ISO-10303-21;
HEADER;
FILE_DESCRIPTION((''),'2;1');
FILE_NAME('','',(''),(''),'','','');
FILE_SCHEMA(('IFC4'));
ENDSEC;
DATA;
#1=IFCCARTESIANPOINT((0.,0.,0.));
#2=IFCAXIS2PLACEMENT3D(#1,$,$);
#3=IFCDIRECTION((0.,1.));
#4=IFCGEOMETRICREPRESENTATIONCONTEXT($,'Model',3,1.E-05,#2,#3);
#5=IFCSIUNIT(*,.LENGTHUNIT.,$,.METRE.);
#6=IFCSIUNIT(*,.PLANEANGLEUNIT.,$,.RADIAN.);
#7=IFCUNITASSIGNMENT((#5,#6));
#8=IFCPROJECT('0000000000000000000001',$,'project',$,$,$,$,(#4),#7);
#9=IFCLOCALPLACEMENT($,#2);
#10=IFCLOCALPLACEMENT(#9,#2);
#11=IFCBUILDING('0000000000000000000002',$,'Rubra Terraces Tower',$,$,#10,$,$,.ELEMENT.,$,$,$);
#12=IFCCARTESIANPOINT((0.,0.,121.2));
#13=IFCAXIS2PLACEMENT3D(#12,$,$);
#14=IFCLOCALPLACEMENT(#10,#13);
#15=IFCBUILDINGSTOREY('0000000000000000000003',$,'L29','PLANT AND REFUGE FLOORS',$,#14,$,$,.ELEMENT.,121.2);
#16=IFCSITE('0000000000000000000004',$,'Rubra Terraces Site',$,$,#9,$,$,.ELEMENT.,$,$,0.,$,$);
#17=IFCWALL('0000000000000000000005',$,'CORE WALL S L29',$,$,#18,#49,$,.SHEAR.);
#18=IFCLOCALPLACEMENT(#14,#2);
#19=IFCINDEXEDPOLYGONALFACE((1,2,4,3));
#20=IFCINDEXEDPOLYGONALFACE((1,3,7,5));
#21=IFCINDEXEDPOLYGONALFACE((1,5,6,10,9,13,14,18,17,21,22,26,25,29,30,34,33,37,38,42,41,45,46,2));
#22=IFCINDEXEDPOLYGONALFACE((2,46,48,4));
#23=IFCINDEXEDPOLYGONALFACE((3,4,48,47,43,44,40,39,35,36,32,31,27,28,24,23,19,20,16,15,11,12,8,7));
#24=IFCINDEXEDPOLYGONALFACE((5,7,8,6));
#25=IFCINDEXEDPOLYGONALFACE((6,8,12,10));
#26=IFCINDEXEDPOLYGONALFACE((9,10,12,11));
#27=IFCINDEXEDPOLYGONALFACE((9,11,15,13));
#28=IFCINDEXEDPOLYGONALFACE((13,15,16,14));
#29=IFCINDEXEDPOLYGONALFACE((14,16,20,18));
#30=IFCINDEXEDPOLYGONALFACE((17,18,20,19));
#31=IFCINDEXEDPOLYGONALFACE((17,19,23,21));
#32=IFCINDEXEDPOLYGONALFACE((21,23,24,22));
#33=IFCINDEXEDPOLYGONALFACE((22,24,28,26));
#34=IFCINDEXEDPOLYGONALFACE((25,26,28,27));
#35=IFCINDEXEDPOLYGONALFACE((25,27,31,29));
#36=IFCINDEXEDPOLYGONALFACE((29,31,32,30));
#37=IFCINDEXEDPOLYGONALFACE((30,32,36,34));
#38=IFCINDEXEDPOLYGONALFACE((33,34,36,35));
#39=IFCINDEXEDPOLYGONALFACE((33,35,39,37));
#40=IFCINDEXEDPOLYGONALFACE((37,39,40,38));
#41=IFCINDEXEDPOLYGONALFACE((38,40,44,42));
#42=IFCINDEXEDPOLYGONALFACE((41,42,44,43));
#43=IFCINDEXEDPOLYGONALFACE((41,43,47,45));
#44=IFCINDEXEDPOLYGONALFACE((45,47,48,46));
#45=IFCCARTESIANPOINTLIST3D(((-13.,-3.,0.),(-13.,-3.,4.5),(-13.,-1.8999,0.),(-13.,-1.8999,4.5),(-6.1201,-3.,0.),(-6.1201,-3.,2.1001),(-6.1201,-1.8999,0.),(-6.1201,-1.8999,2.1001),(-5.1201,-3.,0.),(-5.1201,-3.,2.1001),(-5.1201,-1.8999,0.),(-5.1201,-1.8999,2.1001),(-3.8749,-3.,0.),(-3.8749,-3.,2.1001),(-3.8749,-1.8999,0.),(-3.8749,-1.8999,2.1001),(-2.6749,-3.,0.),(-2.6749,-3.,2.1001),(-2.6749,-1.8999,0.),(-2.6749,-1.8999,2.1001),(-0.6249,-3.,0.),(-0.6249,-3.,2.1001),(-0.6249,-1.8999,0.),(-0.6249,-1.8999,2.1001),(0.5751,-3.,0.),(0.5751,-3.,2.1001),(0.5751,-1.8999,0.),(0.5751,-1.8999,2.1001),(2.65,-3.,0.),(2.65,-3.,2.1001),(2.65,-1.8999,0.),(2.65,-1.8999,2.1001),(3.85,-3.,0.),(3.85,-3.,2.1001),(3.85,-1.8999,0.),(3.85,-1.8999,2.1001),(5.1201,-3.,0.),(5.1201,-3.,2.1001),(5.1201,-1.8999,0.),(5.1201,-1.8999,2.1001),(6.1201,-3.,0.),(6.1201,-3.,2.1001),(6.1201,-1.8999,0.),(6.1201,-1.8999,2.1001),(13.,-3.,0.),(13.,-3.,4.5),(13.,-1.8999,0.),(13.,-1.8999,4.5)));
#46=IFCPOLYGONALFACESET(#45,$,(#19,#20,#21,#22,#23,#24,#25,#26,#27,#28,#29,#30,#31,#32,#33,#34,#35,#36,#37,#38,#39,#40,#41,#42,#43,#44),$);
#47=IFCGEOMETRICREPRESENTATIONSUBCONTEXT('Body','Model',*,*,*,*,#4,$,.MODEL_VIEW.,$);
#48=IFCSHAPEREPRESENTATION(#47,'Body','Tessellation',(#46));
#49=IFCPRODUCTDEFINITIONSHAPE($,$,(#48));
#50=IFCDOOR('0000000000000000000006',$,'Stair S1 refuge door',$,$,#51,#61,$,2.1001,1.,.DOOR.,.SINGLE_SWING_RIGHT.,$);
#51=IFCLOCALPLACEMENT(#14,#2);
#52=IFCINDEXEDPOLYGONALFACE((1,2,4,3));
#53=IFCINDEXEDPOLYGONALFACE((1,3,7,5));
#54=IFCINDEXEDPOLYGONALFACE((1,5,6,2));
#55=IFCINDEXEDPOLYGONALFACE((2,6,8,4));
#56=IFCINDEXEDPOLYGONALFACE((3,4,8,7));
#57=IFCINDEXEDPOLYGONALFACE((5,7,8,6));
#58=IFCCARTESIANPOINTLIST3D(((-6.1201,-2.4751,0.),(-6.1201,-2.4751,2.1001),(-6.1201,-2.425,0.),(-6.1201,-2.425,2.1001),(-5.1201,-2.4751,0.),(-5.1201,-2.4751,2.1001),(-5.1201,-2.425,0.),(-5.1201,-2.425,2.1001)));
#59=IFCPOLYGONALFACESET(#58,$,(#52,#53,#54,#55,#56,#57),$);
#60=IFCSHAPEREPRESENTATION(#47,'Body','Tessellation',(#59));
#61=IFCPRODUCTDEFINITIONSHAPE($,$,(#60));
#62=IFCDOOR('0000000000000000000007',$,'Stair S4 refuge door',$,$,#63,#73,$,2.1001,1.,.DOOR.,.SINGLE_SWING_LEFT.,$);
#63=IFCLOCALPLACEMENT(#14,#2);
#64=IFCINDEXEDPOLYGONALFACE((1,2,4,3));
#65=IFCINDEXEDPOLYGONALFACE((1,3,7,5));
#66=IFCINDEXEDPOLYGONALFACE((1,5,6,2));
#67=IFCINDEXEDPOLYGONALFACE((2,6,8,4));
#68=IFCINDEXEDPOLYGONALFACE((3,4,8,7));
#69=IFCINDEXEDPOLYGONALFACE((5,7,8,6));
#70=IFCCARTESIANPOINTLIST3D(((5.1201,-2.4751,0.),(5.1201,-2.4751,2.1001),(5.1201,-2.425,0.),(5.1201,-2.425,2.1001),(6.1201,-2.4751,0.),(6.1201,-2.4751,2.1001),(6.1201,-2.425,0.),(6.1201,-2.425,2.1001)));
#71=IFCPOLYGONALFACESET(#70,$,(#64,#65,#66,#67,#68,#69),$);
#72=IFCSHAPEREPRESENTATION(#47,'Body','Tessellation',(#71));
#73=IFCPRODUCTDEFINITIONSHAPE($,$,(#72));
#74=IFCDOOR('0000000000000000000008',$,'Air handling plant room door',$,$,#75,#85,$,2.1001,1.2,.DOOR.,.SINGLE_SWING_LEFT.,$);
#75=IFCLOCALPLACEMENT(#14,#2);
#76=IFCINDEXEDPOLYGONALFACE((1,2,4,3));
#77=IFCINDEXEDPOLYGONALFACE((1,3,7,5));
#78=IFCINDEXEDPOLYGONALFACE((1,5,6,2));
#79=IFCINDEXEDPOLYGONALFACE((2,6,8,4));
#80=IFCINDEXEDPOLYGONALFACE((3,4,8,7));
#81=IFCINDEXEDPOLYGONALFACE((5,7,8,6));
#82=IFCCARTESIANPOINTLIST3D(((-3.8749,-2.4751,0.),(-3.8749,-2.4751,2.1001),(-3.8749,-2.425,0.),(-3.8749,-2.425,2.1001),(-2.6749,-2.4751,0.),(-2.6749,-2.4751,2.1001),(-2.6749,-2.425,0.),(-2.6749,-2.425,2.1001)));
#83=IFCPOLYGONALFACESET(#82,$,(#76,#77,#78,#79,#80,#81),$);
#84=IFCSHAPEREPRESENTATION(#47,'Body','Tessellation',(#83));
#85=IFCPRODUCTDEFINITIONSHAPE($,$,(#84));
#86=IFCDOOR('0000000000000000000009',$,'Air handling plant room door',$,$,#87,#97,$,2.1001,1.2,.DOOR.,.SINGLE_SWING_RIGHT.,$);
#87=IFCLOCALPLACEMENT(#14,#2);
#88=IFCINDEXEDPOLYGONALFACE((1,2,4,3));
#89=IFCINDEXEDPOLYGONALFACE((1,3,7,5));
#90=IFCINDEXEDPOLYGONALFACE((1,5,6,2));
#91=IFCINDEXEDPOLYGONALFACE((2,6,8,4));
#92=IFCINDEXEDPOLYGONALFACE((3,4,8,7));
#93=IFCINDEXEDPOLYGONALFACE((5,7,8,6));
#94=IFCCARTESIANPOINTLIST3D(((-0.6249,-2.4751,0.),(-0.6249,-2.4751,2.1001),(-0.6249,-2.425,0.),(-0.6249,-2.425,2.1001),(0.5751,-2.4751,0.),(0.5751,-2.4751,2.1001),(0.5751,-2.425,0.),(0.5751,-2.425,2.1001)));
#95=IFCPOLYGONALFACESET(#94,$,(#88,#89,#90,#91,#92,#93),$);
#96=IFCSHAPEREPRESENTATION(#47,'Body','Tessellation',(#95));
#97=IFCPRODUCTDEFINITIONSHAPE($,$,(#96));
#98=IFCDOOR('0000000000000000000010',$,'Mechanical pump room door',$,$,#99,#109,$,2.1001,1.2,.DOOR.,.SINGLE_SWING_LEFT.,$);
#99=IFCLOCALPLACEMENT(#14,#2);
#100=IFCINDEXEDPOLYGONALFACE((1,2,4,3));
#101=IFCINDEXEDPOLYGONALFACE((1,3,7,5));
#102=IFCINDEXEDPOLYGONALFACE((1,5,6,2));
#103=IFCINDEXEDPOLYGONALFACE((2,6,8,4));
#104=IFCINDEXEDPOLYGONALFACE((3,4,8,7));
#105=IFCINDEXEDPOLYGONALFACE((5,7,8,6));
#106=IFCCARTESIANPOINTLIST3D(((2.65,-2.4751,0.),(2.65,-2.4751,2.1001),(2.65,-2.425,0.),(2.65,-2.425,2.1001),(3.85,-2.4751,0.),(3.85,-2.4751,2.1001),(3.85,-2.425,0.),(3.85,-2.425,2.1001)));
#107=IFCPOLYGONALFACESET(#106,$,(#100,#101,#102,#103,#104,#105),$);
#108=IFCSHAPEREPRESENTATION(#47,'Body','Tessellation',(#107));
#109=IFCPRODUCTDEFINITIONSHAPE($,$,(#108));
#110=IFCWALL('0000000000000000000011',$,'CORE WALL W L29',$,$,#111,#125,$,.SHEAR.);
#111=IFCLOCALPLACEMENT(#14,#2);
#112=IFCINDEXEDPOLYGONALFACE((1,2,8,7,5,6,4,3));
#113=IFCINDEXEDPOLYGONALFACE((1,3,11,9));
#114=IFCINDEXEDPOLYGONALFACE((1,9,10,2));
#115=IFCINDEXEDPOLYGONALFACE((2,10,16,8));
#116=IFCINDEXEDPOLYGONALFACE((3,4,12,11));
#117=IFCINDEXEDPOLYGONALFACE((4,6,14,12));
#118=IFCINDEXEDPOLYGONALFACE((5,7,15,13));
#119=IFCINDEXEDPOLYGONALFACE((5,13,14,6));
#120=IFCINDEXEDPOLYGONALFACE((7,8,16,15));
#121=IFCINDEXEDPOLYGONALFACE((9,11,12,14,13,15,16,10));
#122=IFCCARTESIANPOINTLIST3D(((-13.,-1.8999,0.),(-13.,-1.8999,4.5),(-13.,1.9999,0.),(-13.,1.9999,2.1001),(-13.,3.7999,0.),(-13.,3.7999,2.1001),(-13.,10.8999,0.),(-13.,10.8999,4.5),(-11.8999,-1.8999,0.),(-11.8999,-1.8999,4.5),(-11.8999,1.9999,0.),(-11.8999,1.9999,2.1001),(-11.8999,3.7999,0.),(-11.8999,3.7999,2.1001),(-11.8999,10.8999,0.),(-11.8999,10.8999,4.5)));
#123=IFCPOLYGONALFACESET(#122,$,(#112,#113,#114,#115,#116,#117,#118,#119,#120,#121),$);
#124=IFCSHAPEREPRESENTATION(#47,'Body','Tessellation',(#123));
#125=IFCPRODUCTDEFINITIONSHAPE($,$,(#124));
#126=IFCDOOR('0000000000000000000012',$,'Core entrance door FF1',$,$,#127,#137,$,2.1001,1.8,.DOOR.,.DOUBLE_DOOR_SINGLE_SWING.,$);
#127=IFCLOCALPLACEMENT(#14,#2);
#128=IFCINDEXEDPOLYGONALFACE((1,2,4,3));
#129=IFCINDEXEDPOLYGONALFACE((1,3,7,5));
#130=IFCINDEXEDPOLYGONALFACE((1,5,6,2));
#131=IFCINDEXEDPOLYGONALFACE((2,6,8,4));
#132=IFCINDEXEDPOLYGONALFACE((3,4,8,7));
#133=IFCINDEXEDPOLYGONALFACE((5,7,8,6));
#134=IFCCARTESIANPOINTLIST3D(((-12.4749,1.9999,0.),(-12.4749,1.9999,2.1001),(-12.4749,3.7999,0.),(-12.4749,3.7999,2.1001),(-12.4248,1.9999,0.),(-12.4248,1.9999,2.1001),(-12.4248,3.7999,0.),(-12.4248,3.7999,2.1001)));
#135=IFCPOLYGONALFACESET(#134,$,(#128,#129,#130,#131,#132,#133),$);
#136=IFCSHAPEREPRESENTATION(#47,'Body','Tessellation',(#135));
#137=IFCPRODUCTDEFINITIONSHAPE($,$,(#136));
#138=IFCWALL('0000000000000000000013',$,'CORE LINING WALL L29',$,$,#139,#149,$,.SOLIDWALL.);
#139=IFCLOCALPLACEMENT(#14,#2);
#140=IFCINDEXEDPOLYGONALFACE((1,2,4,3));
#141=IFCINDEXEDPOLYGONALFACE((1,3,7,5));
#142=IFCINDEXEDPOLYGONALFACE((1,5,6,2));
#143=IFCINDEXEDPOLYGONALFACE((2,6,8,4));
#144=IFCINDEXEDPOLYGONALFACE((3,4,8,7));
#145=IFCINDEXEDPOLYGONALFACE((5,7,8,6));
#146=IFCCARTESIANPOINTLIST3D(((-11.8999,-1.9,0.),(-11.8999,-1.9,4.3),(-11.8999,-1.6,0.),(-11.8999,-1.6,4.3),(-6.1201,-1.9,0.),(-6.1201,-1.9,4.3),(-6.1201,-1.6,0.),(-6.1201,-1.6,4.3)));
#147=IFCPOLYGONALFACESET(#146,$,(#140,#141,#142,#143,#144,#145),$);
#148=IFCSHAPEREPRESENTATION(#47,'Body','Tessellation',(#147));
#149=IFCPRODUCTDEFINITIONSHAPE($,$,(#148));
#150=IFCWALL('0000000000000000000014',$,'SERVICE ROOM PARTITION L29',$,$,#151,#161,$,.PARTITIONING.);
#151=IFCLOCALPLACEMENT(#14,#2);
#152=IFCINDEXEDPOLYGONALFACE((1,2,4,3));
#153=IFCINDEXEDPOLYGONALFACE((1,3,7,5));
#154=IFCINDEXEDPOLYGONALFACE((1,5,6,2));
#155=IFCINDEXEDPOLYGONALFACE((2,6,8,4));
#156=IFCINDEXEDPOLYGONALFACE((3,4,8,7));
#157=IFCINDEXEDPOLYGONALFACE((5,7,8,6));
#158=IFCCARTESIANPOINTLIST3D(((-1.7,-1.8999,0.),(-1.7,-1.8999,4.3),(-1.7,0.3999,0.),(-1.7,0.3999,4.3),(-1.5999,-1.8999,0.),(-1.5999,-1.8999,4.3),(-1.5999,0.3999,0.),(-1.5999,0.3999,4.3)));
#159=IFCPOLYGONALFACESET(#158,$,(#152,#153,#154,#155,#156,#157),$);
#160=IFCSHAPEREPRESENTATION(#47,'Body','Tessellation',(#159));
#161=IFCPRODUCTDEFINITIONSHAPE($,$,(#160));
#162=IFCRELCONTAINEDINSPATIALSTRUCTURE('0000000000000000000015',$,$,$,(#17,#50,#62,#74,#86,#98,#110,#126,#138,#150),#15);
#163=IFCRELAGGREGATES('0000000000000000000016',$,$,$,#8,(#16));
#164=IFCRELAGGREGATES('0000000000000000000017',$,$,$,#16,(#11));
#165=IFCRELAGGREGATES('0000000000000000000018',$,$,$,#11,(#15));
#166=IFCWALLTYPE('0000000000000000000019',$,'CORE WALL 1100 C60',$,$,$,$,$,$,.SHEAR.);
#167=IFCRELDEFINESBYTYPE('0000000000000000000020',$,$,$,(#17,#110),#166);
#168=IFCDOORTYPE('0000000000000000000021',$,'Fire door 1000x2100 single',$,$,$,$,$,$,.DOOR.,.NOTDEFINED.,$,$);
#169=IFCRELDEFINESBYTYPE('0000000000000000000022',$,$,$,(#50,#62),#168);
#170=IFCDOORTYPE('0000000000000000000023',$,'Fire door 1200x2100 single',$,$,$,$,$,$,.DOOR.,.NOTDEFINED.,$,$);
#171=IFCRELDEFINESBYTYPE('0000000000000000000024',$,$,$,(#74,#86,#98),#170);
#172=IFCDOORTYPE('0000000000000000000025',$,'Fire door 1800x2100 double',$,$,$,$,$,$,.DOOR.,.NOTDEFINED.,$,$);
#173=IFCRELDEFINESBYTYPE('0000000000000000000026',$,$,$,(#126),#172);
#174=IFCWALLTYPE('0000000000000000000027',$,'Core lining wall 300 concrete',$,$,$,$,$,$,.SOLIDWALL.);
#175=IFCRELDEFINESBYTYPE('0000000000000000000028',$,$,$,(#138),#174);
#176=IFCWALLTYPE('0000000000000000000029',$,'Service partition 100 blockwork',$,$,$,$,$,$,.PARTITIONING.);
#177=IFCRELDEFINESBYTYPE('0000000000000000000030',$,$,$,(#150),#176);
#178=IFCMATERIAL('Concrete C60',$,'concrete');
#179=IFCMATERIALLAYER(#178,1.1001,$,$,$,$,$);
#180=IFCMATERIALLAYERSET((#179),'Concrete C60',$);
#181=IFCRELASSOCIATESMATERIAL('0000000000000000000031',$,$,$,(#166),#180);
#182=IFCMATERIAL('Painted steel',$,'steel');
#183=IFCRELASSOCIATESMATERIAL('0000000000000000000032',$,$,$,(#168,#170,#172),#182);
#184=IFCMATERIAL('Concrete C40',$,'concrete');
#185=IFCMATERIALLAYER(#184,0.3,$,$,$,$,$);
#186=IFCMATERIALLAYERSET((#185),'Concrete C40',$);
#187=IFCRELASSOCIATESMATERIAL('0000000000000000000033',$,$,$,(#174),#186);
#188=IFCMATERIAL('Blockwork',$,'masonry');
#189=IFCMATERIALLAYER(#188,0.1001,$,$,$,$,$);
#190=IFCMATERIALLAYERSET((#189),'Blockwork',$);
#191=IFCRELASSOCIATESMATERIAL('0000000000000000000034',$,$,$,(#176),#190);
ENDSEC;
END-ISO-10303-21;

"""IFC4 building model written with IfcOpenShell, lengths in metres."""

from ifc_helpers import new_model, si_unit, direction, frame, frame_2d, origin, place, context, subcontext, project, spatial, rectangle, extrude, material, layer, layer_set, type_object, element, fill, save


model = new_model("IFC4")

# Units and contexts
model_context = context("Model", 3, precision=1e-05, world=origin(), true_north=direction((0.0, 1.0)))
body_context = subcontext(model_context, "Body", "Model", "MODEL_VIEW")
ifc_project = project(units=[si_unit("LENGTHUNIT", "METRE"), si_unit("PLANEANGLEUNIT", "RADIAN")], contexts=[model_context])

# Site, building, storey
site_placement = place(None, origin())
site = spatial("IfcSite", under=ifc_project, at=site_placement, Name="Rubra Terraces Site", CompositionType="ELEMENT", RefElevation=0.0)
building_placement = place(site_placement, origin())
building = spatial("IfcBuilding", under=site, at=building_placement, Name="Rubra Terraces Tower", CompositionType="ELEMENT")
storey_placement = place(building_placement, frame((0.0, 0.0, 121.2)))
storey = spatial("IfcBuildingStorey", under=building, at=storey_placement, Name="L29", Description="PLANT AND REFUGE FLOORS", CompositionType="ELEMENT", Elevation=121.2)

# Wall, openings, doors
ifc_material_1 = material(Name="Concrete C60", Category="concrete")
ifc_layer_1 = layer(ifc_material_1, 1.1001)
ifc_layer_set_1 = layer_set([ifc_layer_1], Name="Concrete C60")
wall_type_1 = type_object("IfcWallType", Name="CORE WALL 1100 C60", PredefinedType="SHEAR", material=ifc_layer_set_1)
wall_1_placement = place(storey_placement, frame((-13.0, -2.45, 0.0), z_axis=(0.0, 0.0, 1.0), x_axis=(1.0, 0.0, 0.0)))
wall_1 = element("IfcWall", 1, at=wall_1_placement, inside=storey, type_object=wall_type_1, Name="CORE WALL S L29", PredefinedType="SHEAR", context=body_context, shape_type="SweptSolid", body=[
    extrude(rectangle(XDim=26.0, YDim=1.1001, at=frame_2d((13.0, 0.0))), origin(), (0.0, 0.0, 1.0), 4.5),
])
opening_1_placement = place(wall_1_placement, frame((9.125, 0.0, 0.0)))
opening_1 = element("IfcOpeningElement", 2, at=opening_1_placement, cuts=wall_1, PredefinedType="OPENING", context=body_context, shape_type="SweptSolid", body=[
    extrude(rectangle(XDim=1.2, YDim=2.1001, at=frame_2d((0.6001, 1.05))), frame((0.0, 0.5601, 0.0), z_axis=(0.0, -1.0, 0.0), x_axis=(1.0, 0.0, 0.0)), (0.0, 0.0, 1.0), 1.1201),
])
opening_2_placement = place(wall_1_placement, frame((12.375, 0.0, 0.0)))
opening_2 = element("IfcOpeningElement", 3, at=opening_2_placement, cuts=wall_1, PredefinedType="OPENING", context=body_context, shape_type="SweptSolid", body=[
    extrude(rectangle(XDim=1.2, YDim=2.1001, at=frame_2d((0.6001, 1.05))), frame((0.0, 0.5601, 0.0), z_axis=(0.0, -1.0, 0.0), x_axis=(1.0, 0.0, 0.0)), (0.0, 0.0, 1.0), 1.1201),
])
opening_3_placement = place(wall_1_placement, frame((15.6499, 0.0, 0.0)))
opening_3 = element("IfcOpeningElement", 4, at=opening_3_placement, cuts=wall_1, PredefinedType="OPENING", context=body_context, shape_type="SweptSolid", body=[
    extrude(rectangle(XDim=1.2, YDim=2.1001, at=frame_2d((0.6001, 1.05))), frame((0.0, 0.5601, 0.0), z_axis=(0.0, -1.0, 0.0), x_axis=(1.0, 0.0, 0.0)), (0.0, 0.0, 1.0), 1.1201),
])
opening_4_placement = place(wall_1_placement, frame((6.8799, 0.0, 0.0)))
opening_4 = element("IfcOpeningElement", 5, at=opening_4_placement, cuts=wall_1, PredefinedType="OPENING", context=body_context, shape_type="SweptSolid", body=[
    extrude(rectangle(XDim=1.0, YDim=2.1001, at=frame_2d((0.5, 1.05))), frame((0.0, 0.5601, 0.0), z_axis=(0.0, -1.0, 0.0), x_axis=(1.0, 0.0, 0.0)), (0.0, 0.0, 1.0), 1.1201),
])
opening_5_placement = place(wall_1_placement, frame((18.1201, 0.0, 0.0)))
opening_5 = element("IfcOpeningElement", 6, at=opening_5_placement, cuts=wall_1, PredefinedType="OPENING", context=body_context, shape_type="SweptSolid", body=[
    extrude(rectangle(XDim=1.0, YDim=2.1001, at=frame_2d((0.5, 1.05))), frame((0.0, 0.5601, 0.0), z_axis=(0.0, -1.0, 0.0), x_axis=(1.0, 0.0, 0.0)), (0.0, 0.0, 1.0), 1.1201),
])
ifc_material_2 = material(Name="Painted steel", Category="steel")
door_type_1 = type_object("IfcDoorType", Name="Fire door 1000x2100 single", OperationType="NOTDEFINED", PredefinedType="DOOR", material=ifc_material_2)
door_1_placement = place(opening_4_placement, origin())
door_1 = element("IfcDoor", 7, at=door_1_placement, inside=storey, type_object=door_type_1, Name="Stair S1 refuge door", OperationType="SINGLE_SWING_RIGHT", OverallHeight=2.1001, OverallWidth=1.0, PredefinedType="DOOR", context=body_context, shape_type="SweptSolid", body=[
    extrude(rectangle(XDim=1.0, YDim=2.1001, at=frame_2d((0.5, 1.05))), frame((0.0, 0.0249, 0.0), z_axis=(0.0, -1.0, 0.0), x_axis=(1.0, 0.0, 0.0)), (0.0, 0.0, 1.0), 0.05),
])
fill(opening_4, door_1)
door_2_placement = place(opening_5_placement, origin())
door_2 = element("IfcDoor", 8, at=door_2_placement, inside=storey, type_object=door_type_1, Name="Stair S4 refuge door", OperationType="SINGLE_SWING_LEFT", OverallHeight=2.1001, OverallWidth=1.0, PredefinedType="DOOR", context=body_context, shape_type="SweptSolid", body=[
    extrude(rectangle(XDim=1.0, YDim=2.1001, at=frame_2d((0.5, 1.05))), frame((0.0, 0.0249, 0.0), z_axis=(0.0, -1.0, 0.0), x_axis=(1.0, 0.0, 0.0)), (0.0, 0.0, 1.0), 0.05),
])
fill(opening_5, door_2)
door_type_2 = type_object("IfcDoorType", Name="Fire door 1200x2100 single", OperationType="NOTDEFINED", PredefinedType="DOOR", material=ifc_material_2)
door_3_placement = place(opening_1_placement, origin())
door_3 = element("IfcDoor", 9, at=door_3_placement, inside=storey, type_object=door_type_2, Name="Air handling plant room door", OperationType="SINGLE_SWING_LEFT", OverallHeight=2.1001, OverallWidth=1.2, PredefinedType="DOOR", context=body_context, shape_type="SweptSolid", body=[
    extrude(rectangle(XDim=1.2, YDim=2.1001, at=frame_2d((0.6001, 1.05))), frame((0.0, 0.0249, 0.0), z_axis=(0.0, -1.0, 0.0), x_axis=(1.0, 0.0, 0.0)), (0.0, 0.0, 1.0), 0.05),
])
fill(opening_1, door_3)
door_4_placement = place(opening_2_placement, origin())
door_4 = element("IfcDoor", 10, at=door_4_placement, inside=storey, type_object=door_type_2, Name="Air handling plant room door", OperationType="SINGLE_SWING_RIGHT", OverallHeight=2.1001, OverallWidth=1.2, PredefinedType="DOOR", context=body_context, shape_type="SweptSolid", body=[
    extrude(rectangle(XDim=1.2, YDim=2.1001, at=frame_2d((0.6001, 1.05))), frame((0.0, 0.0249, 0.0), z_axis=(0.0, -1.0, 0.0), x_axis=(1.0, 0.0, 0.0)), (0.0, 0.0, 1.0), 0.05),
])
fill(opening_2, door_4)
door_5_placement = place(opening_3_placement, origin())
door_5 = element("IfcDoor", 11, at=door_5_placement, inside=storey, type_object=door_type_2, Name="Mechanical pump room door", OperationType="SINGLE_SWING_LEFT", OverallHeight=2.1001, OverallWidth=1.2, PredefinedType="DOOR", context=body_context, shape_type="SweptSolid", body=[
    extrude(rectangle(XDim=1.2, YDim=2.1001, at=frame_2d((0.6001, 1.05))), frame((0.0, 0.0249, 0.0), z_axis=(0.0, -1.0, 0.0), x_axis=(1.0, 0.0, 0.0)), (0.0, 0.0, 1.0), 0.05),
])
fill(opening_3, door_5)

# Wall, opening, door
wall_2_placement = place(storey_placement, frame((-12.45, -1.8999, 0.0), z_axis=(0.0, 0.0, 1.0), x_axis=(0.0, 1.0, 0.0)))
wall_2 = element("IfcWall", 12, at=wall_2_placement, inside=storey, type_object=wall_type_1, Name="CORE WALL W L29", PredefinedType="SHEAR", context=body_context, shape_type="SweptSolid", body=[
    extrude(rectangle(XDim=12.7998, YDim=1.1001, at=frame_2d((6.3999, 0.0))), origin(), (0.0, 0.0, 1.0), 4.5),
])
opening_6_placement = place(wall_2_placement, frame((3.8999, 0.0, 0.0)))
opening_6 = element("IfcOpeningElement", 13, at=opening_6_placement, cuts=wall_2, PredefinedType="OPENING", context=body_context, shape_type="SweptSolid", body=[
    extrude(rectangle(XDim=1.8, YDim=2.1001, at=frame_2d((0.8999, 1.05))), frame((0.0, 0.5601, 0.0), z_axis=(0.0, -1.0, 0.0), x_axis=(1.0, 0.0, 0.0)), (0.0, 0.0, 1.0), 1.1201),
])
door_type_3 = type_object("IfcDoorType", Name="Fire door 1800x2100 double", OperationType="NOTDEFINED", PredefinedType="DOOR", material=ifc_material_2)
door_6_placement = place(opening_6_placement, origin())
door_6 = element("IfcDoor", 14, at=door_6_placement, inside=storey, type_object=door_type_3, Name="Core entrance door FF1", OperationType="DOUBLE_DOOR_SINGLE_SWING", OverallHeight=2.1001, OverallWidth=1.8, PredefinedType="DOOR", context=body_context, shape_type="SweptSolid", body=[
    extrude(rectangle(XDim=1.8, YDim=2.1001, at=frame_2d((0.8999, 1.05))), frame((0.0, 0.0249, 0.0), z_axis=(0.0, -1.0, 0.0), x_axis=(1.0, 0.0, 0.0)), (0.0, 0.0, 1.0), 0.05),
])
fill(opening_6, door_6)

# Walls
ifc_material_3 = material(Name="Concrete C40", Category="concrete")
ifc_layer_2 = layer(ifc_material_3, 0.3)
ifc_layer_set_2 = layer_set([ifc_layer_2], Name="Concrete C40")
wall_type_2 = type_object("IfcWallType", Name="Core lining wall 300 concrete", PredefinedType="SOLIDWALL", material=ifc_layer_set_2)
wall_3_placement = place(storey_placement, frame((-11.8999, -1.75, 0.0), z_axis=(0.0, 0.0, 1.0), x_axis=(1.0, 0.0, 0.0)))
element("IfcWall", 15, at=wall_3_placement, inside=storey, type_object=wall_type_2, Name="CORE LINING WALL L29", PredefinedType="SOLIDWALL", context=body_context, shape_type="SweptSolid", body=[
    extrude(rectangle(XDim=5.7798, YDim=0.3, at=frame_2d((2.8899, 0.0))), origin(), (0.0, 0.0, 1.0), 4.3),
])
ifc_material_4 = material(Name="Blockwork", Category="masonry")
ifc_layer_3 = layer(ifc_material_4, 0.1001)
ifc_layer_set_3 = layer_set([ifc_layer_3], Name="Blockwork")
wall_type_3 = type_object("IfcWallType", Name="Service partition 100 blockwork", PredefinedType="PARTITIONING", material=ifc_layer_set_3)
wall_4_placement = place(storey_placement, frame((-1.6499, -1.8999, 0.0), z_axis=(0.0, 0.0, 1.0), x_axis=(0.0, 1.0, 0.0)))
element("IfcWall", 16, at=wall_4_placement, inside=storey, type_object=wall_type_3, Name="SERVICE ROOM PARTITION L29", PredefinedType="PARTITIONING", context=body_context, shape_type="SweptSolid", body=[
    extrude(rectangle(XDim=2.2998, YDim=0.1001, at=frame_2d((1.1499, 0.0))), origin(), (0.0, 0.0, 1.0), 4.3),
])

save(model, "model.ifc")
